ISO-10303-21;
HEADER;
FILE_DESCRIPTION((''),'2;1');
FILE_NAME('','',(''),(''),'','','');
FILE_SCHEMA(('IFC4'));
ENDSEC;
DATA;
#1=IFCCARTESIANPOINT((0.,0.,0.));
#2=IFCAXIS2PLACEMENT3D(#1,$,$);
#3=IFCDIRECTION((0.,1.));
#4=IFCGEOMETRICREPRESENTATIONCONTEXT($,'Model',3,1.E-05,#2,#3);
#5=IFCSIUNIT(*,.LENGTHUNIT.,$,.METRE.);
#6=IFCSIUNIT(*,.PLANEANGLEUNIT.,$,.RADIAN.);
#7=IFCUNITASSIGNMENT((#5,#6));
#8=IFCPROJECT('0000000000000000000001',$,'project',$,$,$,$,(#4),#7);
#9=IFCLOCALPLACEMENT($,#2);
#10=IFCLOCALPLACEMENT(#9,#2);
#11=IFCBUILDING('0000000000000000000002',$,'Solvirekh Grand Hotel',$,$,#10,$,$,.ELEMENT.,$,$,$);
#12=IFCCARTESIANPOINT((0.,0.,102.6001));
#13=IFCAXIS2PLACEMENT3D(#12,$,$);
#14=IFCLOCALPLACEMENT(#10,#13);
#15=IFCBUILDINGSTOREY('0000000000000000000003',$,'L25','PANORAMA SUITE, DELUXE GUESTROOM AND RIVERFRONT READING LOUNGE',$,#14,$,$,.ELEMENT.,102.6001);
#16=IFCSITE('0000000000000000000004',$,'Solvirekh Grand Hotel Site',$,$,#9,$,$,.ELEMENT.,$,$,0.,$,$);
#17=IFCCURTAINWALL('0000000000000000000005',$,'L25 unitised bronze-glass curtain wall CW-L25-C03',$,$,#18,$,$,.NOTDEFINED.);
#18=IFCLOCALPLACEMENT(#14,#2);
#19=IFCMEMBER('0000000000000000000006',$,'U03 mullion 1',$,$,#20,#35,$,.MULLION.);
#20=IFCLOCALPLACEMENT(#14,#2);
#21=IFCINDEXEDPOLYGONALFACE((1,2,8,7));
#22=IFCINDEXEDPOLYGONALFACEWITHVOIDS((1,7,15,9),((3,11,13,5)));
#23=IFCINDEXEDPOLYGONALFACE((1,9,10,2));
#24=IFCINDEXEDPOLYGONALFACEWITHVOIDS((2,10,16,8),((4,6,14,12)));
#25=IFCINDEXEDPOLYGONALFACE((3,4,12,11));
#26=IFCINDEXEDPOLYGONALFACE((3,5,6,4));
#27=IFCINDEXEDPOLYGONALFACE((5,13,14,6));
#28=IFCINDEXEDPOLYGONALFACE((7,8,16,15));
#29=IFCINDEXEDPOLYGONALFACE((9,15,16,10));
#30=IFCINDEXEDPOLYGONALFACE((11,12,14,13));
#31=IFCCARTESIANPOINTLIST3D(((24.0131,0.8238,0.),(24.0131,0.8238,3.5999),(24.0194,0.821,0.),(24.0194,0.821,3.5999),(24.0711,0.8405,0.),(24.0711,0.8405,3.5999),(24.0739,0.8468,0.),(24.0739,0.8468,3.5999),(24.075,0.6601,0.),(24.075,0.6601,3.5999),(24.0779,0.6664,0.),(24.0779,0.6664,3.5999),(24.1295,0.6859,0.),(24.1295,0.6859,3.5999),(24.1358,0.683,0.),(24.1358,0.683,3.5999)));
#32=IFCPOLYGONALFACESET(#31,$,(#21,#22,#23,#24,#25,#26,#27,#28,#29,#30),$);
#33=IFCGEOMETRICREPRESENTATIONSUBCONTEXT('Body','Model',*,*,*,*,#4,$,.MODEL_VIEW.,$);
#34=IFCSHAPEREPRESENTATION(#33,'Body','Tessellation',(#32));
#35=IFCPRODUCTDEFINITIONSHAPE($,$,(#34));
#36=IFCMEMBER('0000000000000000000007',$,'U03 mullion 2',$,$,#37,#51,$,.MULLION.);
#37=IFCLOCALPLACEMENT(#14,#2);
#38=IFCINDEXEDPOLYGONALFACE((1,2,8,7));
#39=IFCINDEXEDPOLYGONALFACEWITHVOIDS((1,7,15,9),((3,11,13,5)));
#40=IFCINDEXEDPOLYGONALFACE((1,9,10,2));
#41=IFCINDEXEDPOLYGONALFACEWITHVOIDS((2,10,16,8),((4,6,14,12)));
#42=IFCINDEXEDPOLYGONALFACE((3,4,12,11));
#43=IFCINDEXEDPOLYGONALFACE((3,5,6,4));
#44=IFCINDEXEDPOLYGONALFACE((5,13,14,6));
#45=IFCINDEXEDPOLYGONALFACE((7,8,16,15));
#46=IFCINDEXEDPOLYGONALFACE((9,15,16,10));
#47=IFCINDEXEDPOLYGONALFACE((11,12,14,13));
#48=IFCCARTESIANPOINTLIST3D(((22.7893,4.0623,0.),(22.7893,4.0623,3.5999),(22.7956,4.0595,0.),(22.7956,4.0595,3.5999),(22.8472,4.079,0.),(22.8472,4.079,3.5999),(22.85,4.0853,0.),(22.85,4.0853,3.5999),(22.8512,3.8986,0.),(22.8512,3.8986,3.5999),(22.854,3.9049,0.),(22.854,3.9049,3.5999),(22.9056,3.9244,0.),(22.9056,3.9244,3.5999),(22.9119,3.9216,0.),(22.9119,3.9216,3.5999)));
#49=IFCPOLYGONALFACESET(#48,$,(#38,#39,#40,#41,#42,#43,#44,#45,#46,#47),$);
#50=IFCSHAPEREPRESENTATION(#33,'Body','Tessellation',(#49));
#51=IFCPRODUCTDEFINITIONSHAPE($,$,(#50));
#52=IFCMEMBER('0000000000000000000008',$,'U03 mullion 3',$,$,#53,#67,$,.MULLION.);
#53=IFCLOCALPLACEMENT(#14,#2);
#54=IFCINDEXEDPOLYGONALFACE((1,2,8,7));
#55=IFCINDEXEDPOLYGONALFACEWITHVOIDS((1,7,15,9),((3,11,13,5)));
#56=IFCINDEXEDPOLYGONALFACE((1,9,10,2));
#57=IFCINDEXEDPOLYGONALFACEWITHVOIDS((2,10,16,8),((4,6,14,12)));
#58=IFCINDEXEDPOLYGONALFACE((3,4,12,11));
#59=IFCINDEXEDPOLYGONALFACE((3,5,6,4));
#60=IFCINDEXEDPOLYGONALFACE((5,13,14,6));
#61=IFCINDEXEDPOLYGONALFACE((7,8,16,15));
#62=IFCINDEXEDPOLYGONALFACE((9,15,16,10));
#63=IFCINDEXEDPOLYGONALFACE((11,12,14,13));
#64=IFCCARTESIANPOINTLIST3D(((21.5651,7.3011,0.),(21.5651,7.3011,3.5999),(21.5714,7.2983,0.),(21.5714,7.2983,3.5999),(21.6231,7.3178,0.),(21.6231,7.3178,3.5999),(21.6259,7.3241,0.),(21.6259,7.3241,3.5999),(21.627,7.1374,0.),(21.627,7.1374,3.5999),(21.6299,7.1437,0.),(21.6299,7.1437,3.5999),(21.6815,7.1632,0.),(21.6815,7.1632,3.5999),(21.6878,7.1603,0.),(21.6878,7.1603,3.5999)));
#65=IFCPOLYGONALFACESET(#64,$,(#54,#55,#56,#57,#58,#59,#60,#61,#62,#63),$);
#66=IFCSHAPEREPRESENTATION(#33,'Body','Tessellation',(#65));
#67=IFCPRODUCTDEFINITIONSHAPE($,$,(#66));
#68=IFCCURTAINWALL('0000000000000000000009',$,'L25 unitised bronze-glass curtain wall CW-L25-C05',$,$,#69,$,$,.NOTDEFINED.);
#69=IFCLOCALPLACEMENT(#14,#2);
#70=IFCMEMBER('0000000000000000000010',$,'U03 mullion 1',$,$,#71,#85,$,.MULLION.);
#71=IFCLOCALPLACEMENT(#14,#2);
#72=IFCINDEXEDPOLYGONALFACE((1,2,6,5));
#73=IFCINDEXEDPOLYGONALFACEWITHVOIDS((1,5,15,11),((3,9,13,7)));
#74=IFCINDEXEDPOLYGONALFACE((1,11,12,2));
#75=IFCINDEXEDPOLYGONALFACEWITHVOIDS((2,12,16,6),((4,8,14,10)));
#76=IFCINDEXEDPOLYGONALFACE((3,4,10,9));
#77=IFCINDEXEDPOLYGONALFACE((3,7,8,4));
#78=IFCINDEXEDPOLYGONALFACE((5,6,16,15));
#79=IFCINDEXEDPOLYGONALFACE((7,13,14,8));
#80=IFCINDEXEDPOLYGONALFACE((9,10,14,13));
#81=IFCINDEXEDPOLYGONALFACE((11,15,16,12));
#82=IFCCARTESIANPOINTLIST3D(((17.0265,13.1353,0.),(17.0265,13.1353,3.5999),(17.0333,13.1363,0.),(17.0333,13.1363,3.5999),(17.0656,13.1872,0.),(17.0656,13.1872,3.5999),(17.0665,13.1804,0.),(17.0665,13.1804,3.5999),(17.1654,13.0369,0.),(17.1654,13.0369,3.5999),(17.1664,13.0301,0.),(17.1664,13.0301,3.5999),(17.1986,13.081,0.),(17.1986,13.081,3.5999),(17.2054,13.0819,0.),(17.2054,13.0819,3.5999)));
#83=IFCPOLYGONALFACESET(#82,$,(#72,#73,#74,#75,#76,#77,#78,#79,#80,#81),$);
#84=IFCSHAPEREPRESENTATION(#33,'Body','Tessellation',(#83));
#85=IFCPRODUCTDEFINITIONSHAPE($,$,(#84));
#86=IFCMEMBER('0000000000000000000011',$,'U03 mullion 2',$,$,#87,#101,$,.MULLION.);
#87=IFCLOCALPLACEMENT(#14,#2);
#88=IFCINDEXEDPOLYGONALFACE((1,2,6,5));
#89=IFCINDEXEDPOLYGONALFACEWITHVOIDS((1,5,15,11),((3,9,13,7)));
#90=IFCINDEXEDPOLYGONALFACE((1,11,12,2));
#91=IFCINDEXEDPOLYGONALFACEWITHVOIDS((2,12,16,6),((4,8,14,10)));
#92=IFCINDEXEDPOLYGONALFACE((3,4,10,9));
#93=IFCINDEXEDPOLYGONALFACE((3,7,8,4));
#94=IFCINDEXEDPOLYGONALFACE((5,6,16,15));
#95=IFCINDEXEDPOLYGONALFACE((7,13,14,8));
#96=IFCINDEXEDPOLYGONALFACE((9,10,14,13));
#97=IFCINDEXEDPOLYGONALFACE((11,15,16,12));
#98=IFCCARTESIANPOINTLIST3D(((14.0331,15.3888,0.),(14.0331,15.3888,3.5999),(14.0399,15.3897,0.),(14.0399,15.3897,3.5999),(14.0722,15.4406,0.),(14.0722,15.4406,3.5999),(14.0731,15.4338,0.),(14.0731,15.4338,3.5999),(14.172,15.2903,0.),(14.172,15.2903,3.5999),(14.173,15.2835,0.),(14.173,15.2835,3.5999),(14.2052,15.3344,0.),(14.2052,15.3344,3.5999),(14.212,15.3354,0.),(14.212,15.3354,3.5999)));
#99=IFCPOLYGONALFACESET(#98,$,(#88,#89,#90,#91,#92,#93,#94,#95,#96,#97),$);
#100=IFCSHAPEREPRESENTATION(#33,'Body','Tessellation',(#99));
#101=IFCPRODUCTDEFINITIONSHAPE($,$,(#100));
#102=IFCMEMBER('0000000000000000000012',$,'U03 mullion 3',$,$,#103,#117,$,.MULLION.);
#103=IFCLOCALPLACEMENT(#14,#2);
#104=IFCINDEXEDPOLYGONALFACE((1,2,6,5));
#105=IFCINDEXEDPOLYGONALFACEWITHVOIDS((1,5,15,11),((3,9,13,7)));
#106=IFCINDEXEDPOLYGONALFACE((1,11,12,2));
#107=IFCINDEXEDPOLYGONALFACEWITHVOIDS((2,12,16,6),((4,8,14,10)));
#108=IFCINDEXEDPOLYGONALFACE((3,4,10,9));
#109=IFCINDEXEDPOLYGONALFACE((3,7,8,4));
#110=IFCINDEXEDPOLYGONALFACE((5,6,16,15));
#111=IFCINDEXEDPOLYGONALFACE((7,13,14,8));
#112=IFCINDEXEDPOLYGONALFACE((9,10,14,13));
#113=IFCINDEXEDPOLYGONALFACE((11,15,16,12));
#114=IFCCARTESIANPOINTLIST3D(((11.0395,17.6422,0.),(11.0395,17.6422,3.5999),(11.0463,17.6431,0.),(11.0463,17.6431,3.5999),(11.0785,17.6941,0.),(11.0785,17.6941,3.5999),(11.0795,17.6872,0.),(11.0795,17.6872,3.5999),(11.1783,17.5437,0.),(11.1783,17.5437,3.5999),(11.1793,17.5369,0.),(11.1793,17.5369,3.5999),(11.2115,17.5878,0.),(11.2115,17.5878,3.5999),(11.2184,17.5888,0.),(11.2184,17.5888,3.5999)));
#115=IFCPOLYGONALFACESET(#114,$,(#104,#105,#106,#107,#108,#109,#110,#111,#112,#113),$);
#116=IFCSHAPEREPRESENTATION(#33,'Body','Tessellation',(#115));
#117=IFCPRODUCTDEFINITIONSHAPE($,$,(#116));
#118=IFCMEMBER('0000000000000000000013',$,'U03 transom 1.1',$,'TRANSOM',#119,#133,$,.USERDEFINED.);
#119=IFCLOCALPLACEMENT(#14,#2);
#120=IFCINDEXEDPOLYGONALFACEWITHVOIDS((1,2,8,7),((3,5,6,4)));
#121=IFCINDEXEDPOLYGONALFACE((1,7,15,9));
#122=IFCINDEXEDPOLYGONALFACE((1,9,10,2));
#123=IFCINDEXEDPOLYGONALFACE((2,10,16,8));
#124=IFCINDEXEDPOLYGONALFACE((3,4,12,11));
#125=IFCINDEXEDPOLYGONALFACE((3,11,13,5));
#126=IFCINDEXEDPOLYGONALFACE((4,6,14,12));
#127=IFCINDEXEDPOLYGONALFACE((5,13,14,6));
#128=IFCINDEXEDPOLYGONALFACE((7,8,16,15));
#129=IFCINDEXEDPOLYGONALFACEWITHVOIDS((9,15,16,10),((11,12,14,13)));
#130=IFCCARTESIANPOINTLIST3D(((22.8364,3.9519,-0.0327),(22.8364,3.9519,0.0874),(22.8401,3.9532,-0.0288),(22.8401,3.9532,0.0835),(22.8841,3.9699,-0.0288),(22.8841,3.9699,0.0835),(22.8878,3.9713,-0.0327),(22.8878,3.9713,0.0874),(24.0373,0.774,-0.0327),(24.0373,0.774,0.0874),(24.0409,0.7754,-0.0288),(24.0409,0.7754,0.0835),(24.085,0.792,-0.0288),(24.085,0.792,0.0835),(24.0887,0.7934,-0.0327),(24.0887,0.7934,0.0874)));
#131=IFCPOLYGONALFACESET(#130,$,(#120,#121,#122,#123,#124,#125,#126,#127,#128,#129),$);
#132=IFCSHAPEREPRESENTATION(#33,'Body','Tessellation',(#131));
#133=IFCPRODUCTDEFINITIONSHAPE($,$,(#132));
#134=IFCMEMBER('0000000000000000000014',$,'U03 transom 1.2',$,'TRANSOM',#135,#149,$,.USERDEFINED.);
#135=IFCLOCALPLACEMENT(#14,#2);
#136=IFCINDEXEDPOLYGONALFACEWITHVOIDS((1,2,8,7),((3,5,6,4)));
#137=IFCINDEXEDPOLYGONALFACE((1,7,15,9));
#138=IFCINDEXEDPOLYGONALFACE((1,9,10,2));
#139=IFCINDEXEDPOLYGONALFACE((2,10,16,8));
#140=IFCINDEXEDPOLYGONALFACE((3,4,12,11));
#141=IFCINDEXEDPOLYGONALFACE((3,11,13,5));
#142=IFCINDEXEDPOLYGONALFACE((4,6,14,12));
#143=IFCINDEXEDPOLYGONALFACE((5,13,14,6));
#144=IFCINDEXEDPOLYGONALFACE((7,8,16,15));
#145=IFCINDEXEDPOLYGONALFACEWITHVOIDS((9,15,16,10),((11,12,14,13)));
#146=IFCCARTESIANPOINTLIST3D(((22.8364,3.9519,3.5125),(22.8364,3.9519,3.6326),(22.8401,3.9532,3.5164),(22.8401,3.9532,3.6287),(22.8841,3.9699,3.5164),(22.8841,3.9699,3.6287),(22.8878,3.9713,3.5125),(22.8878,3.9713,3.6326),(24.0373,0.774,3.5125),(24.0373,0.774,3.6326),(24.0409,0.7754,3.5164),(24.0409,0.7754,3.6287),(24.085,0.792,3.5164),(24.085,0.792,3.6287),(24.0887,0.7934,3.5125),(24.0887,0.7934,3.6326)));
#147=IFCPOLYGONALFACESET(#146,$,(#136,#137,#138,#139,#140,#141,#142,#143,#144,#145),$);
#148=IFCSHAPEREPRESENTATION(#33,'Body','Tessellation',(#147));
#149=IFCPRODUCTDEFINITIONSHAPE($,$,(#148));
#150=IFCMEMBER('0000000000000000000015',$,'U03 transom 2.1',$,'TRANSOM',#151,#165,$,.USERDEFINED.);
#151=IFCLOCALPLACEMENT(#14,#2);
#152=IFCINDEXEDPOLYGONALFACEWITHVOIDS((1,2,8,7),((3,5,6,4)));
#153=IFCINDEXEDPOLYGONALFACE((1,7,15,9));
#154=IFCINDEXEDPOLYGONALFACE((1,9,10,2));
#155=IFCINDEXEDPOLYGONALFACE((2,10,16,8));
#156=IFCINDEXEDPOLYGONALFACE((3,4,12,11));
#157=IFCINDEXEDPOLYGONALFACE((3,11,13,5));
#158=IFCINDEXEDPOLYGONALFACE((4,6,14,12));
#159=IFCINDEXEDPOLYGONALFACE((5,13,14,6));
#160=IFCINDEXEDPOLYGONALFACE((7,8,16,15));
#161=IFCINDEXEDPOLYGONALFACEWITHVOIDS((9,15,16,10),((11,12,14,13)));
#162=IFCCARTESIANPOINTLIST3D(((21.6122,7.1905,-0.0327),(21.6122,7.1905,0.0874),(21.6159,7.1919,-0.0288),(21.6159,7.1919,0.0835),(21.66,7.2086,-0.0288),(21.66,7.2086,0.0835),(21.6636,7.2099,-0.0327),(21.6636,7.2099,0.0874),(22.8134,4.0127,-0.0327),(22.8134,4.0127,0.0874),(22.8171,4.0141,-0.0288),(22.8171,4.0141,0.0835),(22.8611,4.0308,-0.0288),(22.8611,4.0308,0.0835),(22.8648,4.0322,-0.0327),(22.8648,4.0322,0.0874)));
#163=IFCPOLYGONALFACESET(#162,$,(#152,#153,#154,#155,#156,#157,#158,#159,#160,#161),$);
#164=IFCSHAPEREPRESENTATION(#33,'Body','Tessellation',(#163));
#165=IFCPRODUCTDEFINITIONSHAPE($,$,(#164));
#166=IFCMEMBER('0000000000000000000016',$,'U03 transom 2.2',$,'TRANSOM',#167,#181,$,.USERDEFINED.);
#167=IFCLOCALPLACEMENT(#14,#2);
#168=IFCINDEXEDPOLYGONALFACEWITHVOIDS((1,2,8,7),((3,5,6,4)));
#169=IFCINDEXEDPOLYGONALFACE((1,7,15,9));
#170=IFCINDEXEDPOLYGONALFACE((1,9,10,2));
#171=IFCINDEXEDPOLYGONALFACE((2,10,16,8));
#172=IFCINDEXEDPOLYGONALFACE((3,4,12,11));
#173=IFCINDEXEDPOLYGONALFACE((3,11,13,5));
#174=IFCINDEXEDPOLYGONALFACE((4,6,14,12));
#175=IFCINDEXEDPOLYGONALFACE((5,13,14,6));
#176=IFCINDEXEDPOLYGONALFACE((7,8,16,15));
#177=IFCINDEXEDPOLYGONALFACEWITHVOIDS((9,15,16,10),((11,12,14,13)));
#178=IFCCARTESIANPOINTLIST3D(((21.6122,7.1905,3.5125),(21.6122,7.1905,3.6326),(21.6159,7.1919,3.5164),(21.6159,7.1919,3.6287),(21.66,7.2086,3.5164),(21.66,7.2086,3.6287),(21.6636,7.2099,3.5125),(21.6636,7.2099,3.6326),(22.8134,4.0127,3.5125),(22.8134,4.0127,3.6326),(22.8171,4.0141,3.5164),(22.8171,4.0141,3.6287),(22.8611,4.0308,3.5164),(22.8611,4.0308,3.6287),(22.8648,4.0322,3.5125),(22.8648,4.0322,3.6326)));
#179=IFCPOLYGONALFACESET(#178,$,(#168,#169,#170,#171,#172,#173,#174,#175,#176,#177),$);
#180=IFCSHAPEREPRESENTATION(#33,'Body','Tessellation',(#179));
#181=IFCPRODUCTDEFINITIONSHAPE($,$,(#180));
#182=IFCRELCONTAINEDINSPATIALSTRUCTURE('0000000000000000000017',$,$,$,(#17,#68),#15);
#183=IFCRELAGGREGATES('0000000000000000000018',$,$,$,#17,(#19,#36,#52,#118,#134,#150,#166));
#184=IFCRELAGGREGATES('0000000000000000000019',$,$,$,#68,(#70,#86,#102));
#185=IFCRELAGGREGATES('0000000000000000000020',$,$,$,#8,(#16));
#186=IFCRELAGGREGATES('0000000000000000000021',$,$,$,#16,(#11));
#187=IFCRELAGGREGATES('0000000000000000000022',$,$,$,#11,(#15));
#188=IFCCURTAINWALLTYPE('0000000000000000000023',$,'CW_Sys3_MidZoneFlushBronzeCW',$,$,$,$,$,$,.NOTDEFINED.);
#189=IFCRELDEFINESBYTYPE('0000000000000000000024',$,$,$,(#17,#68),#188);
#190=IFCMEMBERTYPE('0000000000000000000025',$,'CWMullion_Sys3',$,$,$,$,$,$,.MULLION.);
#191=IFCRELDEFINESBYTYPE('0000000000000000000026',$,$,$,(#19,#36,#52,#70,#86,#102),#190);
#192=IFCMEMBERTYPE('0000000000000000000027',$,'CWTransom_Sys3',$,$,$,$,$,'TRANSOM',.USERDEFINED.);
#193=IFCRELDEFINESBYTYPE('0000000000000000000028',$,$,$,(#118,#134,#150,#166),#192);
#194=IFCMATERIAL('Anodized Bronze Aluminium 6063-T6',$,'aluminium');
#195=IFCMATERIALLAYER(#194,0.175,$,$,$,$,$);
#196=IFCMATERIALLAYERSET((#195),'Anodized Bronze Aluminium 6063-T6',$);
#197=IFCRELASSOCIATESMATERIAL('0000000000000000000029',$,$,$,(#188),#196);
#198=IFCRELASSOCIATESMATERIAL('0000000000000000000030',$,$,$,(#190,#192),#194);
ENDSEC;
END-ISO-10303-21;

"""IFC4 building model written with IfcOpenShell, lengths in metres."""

from ifc_helpers import new_model, si_unit, direction, frame, origin, origin_2d, place, context, subcontext, project, spatial, hollow_rectangle, extrude, source, transform, mapped, material, layer, layer_set, material_profile, profile_set, type_object, element, aggregate, save


model = new_model("IFC4")

# Units and contexts
model_context = context("Model", 3, precision=1e-05, world=origin(), true_north=direction((0.0, 1.0)))
body_context = subcontext(model_context, "Body", "Model", "MODEL_VIEW")
ifc_project = project(units=[si_unit("LENGTHUNIT", "METRE"), si_unit("PLANEANGLEUNIT", "RADIAN")], contexts=[model_context])

# Site, building, storey
site_placement = place(None, origin())
site = spatial("IfcSite", under=ifc_project, at=site_placement, Name="Solvirekh Grand Hotel Site", CompositionType="ELEMENT", RefElevation=0.0)
building_placement = place(site_placement, origin())
building = spatial("IfcBuilding", under=site, at=building_placement, Name="Solvirekh Grand Hotel", CompositionType="ELEMENT")
storey_placement = place(building_placement, frame((0.0, 0.0, 102.6001)))
storey = spatial("IfcBuildingStorey", under=building, at=storey_placement, Name="L25", Description="PANORAMA SUITE, DELUXE GUESTROOM AND RIVERFRONT READING LOUNGE", CompositionType="ELEMENT", Elevation=102.6001)

# Curtain walls, members
ifc_material_1 = material(Name="Anodized Bronze Aluminium 6063-T6", Category="aluminium")
ifc_layer_1 = layer(ifc_material_1, 0.175)
ifc_layer_set_1 = layer_set([ifc_layer_1], Name="Anodized Bronze Aluminium 6063-T6")
curtain_wall_type = type_object("IfcCurtainWallType", Name="CW_Sys3_MidZoneFlushBronzeCW", PredefinedType="NOTDEFINED", material=ifc_layer_set_1)
curtain_wall_1_placement = place(storey_placement, origin())
curtain_wall_1 = element("IfcCurtainWall", 1, at=curtain_wall_1_placement, inside=storey, type_object=curtain_wall_type, Name="L25 unitised bronze-glass curtain wall CW-L25-C03", PredefinedType="NOTDEFINED")
ifc_material_profile_1 = material_profile(ifc_material_1, hollow_rectangle(XDim=0.0649, YDim=0.175, WallThickness=0.0049, at=origin_2d()), Name="ALU RHS 175X65X5")
ifc_profile_set_1 = profile_set([ifc_material_profile_1], Name="Anodized Bronze Aluminium 6063-T6")
member_type_1 = type_object("IfcMemberType", Name="CWMullion_Sys3", PredefinedType="MULLION", material=ifc_profile_set_1)
shared_shape_1 = source(origin(), body_context, "Body", "SweptSolid", [
    extrude(hollow_rectangle(XDim=0.0649, YDim=0.175, WallThickness=0.0049, at=origin_2d()), origin(), (0.0, 0.0, 1.0), 3.5999),
])
member_1_placement = place(storey_placement, frame((24.0745, 0.7534, 0.0), z_axis=(0.0, 0.0, 1.0), x_axis=(-0.935421, -0.353537, 0.0)))
member_1 = element("IfcMember", 2, at=member_1_placement, type_object=member_type_1, Name="U03 mullion 1", PredefinedType="MULLION", context=body_context, shape_type="MappedRepresentation", body=[
    mapped(shared_shape_1, transform((0.0, 0.0, 0.0), x_axis=(1.0, 0.0, 0.0), y_axis=(0.0, 1.0, 0.0), z_axis=(0.0, 0.0, 1.0), scale=1.0)),
])
member_2_placement = place(storey_placement, frame((22.8506, 3.9919, 0.0), z_axis=(0.0, 0.0, 1.0), x_axis=(-0.935421, -0.353537, 0.0)))
member_2 = element("IfcMember", 3, at=member_2_placement, type_object=member_type_1, Name="U03 mullion 2", PredefinedType="MULLION", context=body_context, shape_type="MappedRepresentation", body=[
    mapped(shared_shape_1, transform((0.0, 0.0, 0.0), x_axis=(1.0, 0.0, 0.0), y_axis=(0.0, 1.0, 0.0), z_axis=(0.0, 0.0, 1.0), scale=1.0)),
])
member_3_placement = place(storey_placement, frame((21.6265, 7.2307, 0.0), z_axis=(0.0, 0.0, 1.0), x_axis=(-0.935421, -0.353537, 0.0)))
member_3 = element("IfcMember", 4, at=member_3_placement, type_object=member_type_1, Name="U03 mullion 3", PredefinedType="MULLION", context=body_context, shape_type="MappedRepresentation", body=[
    mapped(shared_shape_1, transform((0.0, 0.0, 0.0), x_axis=(1.0, 0.0, 0.0), y_axis=(0.0, 1.0, 0.0), z_axis=(0.0, 0.0, 1.0), scale=1.0)),
])
curtain_wall_2_placement = place(storey_placement, origin())
curtain_wall_2 = element("IfcCurtainWall", 5, at=curtain_wall_2_placement, inside=storey, type_object=curtain_wall_type, Name="L25 unitised bronze-glass curtain wall CW-L25-C05", PredefinedType="NOTDEFINED")
member_4_placement = place(storey_placement, frame((17.116, 13.1086, 0.0), z_axis=(0.0, 0.0, 1.0), x_axis=(-0.601417, -0.798935, 0.0)))
member_4 = element("IfcMember", 6, at=member_4_placement, type_object=member_type_1, Name="U03 mullion 1", PredefinedType="MULLION", context=body_context, shape_type="MappedRepresentation", body=[
    mapped(shared_shape_1, transform((0.0, 0.0, 0.0), x_axis=(1.0, 0.0, 0.0), y_axis=(0.0, 1.0, 0.0), z_axis=(0.0, 0.0, 1.0), scale=1.0)),
])
member_5_placement = place(storey_placement, frame((14.1226, 15.3621, 0.0), z_axis=(0.0, 0.0, 1.0), x_axis=(-0.601417, -0.798935, 0.0)))
member_5 = element("IfcMember", 7, at=member_5_placement, type_object=member_type_1, Name="U03 mullion 2", PredefinedType="MULLION", context=body_context, shape_type="MappedRepresentation", body=[
    mapped(shared_shape_1, transform((0.0, 0.0, 0.0), x_axis=(1.0, 0.0, 0.0), y_axis=(0.0, 1.0, 0.0), z_axis=(0.0, 0.0, 1.0), scale=1.0)),
])
member_6_placement = place(storey_placement, frame((11.1289, 17.6155, 0.0), z_axis=(0.0, 0.0, 1.0), x_axis=(-0.601417, -0.798935, 0.0)))
member_6 = element("IfcMember", 8, at=member_6_placement, type_object=member_type_1, Name="U03 mullion 3", PredefinedType="MULLION", context=body_context, shape_type="MappedRepresentation", body=[
    mapped(shared_shape_1, transform((0.0, 0.0, 0.0), x_axis=(1.0, 0.0, 0.0), y_axis=(0.0, 1.0, 0.0), z_axis=(0.0, 0.0, 1.0), scale=1.0)),
])

# Members
ifc_material_profile_2 = material_profile(ifc_material_1, hollow_rectangle(XDim=0.0549, YDim=0.1201, WallThickness=0.0039, at=origin_2d()), Name="ALU RHS 120X55X4")
ifc_profile_set_2 = profile_set([ifc_material_profile_2], Name="Anodized Bronze Aluminium 6063-T6")
member_type_2 = type_object("IfcMemberType", Name="CWTransom_Sys3", ElementType="TRANSOM", PredefinedType="USERDEFINED", material=ifc_profile_set_2)
shared_shape_2 = source(origin(), body_context, "Body", "SweptSolid", [
    extrude(hollow_rectangle(XDim=0.0549, YDim=0.1201, WallThickness=0.0039, at=origin_2d()), origin(), (0.0, 0.0, 1.0), 3.3972),
])
member_7_placement = place(storey_placement, frame((24.063, 0.7837, 0.0273), z_axis=(-0.353493, 0.935437, 0.0), x_axis=(-0.935437, -0.353493, 0.0)))
member_7 = element("IfcMember", 9, at=member_7_placement, type_object=member_type_2, Name="U03 transom 1.1", ObjectType="TRANSOM", PredefinedType="USERDEFINED", context=body_context, shape_type="MappedRepresentation", body=[
    mapped(shared_shape_2, transform((0.0, 0.0, 0.0), x_axis=(1.0, 0.0, 0.0), y_axis=(0.0, 1.0, 0.0), z_axis=(0.0, 0.0, 1.0), scale=1.0)),
])
member_8_placement = place(storey_placement, frame((24.063, 0.7837, 3.5725), z_axis=(-0.353493, 0.935437, 0.0), x_axis=(-0.935437, -0.353493, 0.0)))
member_8 = element("IfcMember", 10, at=member_8_placement, type_object=member_type_2, Name="U03 transom 1.2", ObjectType="TRANSOM", PredefinedType="USERDEFINED", context=body_context, shape_type="MappedRepresentation", body=[
    mapped(shared_shape_2, transform((0.0, 0.0, 0.0), x_axis=(1.0, 0.0, 0.0), y_axis=(0.0, 1.0, 0.0), z_axis=(0.0, 0.0, 1.0), scale=1.0)),
])
member_9_placement = place(storey_placement, frame((22.8391, 4.0225, 0.0273), z_axis=(-0.353579, 0.935404, 0.0), x_axis=(-0.935404, -0.353579, 0.0)))
member_9 = element("IfcMember", 11, at=member_9_placement, type_object=member_type_2, Name="U03 transom 2.1", ObjectType="TRANSOM", PredefinedType="USERDEFINED", context=body_context, shape_type="MappedRepresentation", body=[
    mapped(shared_shape_2, transform((0.0, 0.0, 0.0), x_axis=(1.0, 0.0, 0.0), y_axis=(0.0, 1.0, 0.0), z_axis=(0.0, 0.0, 1.0), scale=1.0)),
])
member_10_placement = place(storey_placement, frame((22.8391, 4.0225, 3.5725), z_axis=(-0.353579, 0.935404, 0.0), x_axis=(-0.935404, -0.353579, 0.0)))
member_10 = element("IfcMember", 12, at=member_10_placement, type_object=member_type_2, Name="U03 transom 2.2", ObjectType="TRANSOM", PredefinedType="USERDEFINED", context=body_context, shape_type="MappedRepresentation", body=[
    mapped(shared_shape_2, transform((0.0, 0.0, 0.0), x_axis=(1.0, 0.0, 0.0), y_axis=(0.0, 1.0, 0.0), z_axis=(0.0, 0.0, 1.0), scale=1.0)),
])

aggregate(curtain_wall_1, [member_1, member_2, member_3, member_7, member_8, member_9, member_10])
aggregate(curtain_wall_2, [member_4, member_5, member_6])

save(model, "model.ifc")
